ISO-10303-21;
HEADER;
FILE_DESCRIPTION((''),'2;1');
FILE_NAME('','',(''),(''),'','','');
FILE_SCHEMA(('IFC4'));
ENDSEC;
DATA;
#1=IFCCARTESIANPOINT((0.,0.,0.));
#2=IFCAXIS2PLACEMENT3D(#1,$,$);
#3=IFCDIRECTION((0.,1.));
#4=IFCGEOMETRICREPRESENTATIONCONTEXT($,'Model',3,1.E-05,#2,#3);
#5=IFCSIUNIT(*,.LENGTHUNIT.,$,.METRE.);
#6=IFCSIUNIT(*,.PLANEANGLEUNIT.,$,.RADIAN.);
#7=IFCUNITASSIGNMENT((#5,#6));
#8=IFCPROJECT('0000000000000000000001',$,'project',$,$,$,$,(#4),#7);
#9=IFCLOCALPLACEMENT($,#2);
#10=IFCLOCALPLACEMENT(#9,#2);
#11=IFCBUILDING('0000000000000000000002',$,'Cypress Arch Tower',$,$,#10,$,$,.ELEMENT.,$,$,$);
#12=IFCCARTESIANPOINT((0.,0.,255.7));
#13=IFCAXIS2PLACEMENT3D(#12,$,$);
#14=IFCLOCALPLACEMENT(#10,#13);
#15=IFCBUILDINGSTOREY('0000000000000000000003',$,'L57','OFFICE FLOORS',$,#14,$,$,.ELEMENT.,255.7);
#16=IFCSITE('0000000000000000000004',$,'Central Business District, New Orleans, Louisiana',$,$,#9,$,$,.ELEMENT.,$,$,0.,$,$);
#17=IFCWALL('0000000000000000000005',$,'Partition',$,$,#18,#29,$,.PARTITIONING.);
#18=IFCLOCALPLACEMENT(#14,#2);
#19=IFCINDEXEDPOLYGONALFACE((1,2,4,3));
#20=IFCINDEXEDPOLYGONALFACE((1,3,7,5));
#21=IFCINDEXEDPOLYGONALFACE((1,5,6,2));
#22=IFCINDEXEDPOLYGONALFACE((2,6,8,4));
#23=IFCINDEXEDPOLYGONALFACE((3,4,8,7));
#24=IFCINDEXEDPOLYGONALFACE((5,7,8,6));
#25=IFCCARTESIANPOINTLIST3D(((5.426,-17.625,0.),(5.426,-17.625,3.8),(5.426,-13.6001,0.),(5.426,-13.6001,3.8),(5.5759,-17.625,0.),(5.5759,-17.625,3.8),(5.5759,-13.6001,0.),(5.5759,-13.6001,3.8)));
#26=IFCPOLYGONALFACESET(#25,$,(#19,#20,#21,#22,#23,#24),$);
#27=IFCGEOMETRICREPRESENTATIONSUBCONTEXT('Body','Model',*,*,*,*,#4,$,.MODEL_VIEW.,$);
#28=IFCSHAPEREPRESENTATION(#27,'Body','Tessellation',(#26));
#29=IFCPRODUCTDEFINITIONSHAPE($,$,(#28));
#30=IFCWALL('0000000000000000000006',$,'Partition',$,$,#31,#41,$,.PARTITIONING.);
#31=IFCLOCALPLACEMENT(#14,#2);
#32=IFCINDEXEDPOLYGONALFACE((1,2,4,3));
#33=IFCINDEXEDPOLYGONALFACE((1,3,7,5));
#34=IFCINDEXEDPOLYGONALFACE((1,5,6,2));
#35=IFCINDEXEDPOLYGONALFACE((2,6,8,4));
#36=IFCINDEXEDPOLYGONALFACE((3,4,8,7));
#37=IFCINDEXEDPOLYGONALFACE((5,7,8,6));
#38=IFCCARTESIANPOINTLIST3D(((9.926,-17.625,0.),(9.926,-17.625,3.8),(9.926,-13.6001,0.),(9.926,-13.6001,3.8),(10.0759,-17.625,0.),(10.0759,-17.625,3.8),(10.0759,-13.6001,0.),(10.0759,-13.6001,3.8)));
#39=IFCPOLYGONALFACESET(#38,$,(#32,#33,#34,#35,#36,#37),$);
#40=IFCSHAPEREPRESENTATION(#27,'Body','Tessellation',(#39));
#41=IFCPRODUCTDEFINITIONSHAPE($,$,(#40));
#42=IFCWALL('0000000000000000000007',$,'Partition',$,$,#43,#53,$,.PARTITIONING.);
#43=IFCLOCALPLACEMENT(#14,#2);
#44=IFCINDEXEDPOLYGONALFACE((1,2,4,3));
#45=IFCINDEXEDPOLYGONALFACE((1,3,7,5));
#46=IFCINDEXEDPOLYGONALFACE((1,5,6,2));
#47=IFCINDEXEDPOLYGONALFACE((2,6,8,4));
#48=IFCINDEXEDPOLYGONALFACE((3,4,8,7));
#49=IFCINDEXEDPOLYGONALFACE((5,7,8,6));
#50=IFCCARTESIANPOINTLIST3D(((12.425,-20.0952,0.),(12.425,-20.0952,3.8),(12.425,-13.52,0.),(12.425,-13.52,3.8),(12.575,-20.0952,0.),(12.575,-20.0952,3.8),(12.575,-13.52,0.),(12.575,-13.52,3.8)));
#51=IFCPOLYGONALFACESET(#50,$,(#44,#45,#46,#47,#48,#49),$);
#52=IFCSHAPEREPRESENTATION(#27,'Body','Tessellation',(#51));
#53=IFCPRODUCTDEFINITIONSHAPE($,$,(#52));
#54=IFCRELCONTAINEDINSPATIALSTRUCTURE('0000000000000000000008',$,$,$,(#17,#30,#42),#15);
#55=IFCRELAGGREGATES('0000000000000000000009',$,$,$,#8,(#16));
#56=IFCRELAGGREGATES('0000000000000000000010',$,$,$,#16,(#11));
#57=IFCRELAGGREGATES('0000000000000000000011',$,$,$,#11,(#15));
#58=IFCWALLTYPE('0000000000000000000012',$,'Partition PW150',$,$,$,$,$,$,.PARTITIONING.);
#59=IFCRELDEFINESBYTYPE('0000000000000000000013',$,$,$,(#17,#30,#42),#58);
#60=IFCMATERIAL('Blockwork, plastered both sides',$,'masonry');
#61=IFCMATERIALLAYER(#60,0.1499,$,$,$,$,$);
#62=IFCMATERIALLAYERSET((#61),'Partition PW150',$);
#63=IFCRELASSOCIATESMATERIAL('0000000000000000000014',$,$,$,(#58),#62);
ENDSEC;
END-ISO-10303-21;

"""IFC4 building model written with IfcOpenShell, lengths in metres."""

from ifc_helpers import new_model, si_unit, direction, frame, frame_2d, origin, place, context, subcontext, project, spatial, rectangle, extrude, material, layer, layer_set, type_object, element, save


model = new_model("IFC4")

# Units and contexts
model_context = context("Model", 3, precision=1e-05, world=origin(), true_north=direction((0.0, 1.0)))
body_context = subcontext(model_context, "Body", "Model", "MODEL_VIEW")
ifc_project = project(units=[si_unit("LENGTHUNIT", "METRE"), si_unit("PLANEANGLEUNIT", "RADIAN")], contexts=[model_context])

# Site, building, storey
site_placement = place(None, origin())
site = spatial("IfcSite", under=ifc_project, at=site_placement, Name="Central Business District, New Orleans, Louisiana", CompositionType="ELEMENT", RefElevation=0.0)
building_placement = place(site_placement, origin())
building = spatial("IfcBuilding", under=site, at=building_placement, Name="Cypress Arch Tower", CompositionType="ELEMENT")
storey_placement = place(building_placement, frame((0.0, 0.0, 255.7)))
storey = spatial("IfcBuildingStorey", under=building, at=storey_placement, Name="L57", Description="OFFICE FLOORS", CompositionType="ELEMENT", Elevation=255.7)

# Shared definitions
ifc_material_1 = material(Name="Blockwork, plastered both sides", Category="masonry")
ifc_layer_1 = layer(ifc_material_1, 0.1499)
ifc_layer_set_1 = layer_set([ifc_layer_1], Name="Partition PW150")
wall_type_1 = type_object("IfcWallType", Name="Partition PW150", PredefinedType="PARTITIONING", material=ifc_layer_set_1)

# Walls
for number, where, z_axis, x_axis, name in (
    (1, (5.501, -17.625, 0.0), (0.0, 0.0, 1.0), (0.0, 1.0, 0.0), "Partition"),
    (2, (10.001, -17.625, 0.0), (0.0, 0.0, 1.0), (0.0, 1.0, 0.0), "Partition"),
):
    element("IfcWall", number, at=place(storey_placement, frame(where, z_axis=z_axis, x_axis=x_axis)), inside=storey, type_object=wall_type_1, Name=name, PredefinedType="PARTITIONING", context=body_context, shape_type="SweptSolid", body=[
        extrude(rectangle(XDim=4.0249, YDim=0.1499, at=frame_2d((2.0125, 0.0))), origin(), (0.0, 0.0, 1.0), 3.8),
    ])
wall_1_placement = place(storey_placement, frame((12.5, -20.0952, 0.0), z_axis=(0.0, 0.0, 1.0), x_axis=(0.0, 1.0, 0.0)))
element("IfcWall", 3, at=wall_1_placement, inside=storey, type_object=wall_type_1, Name="Partition", PredefinedType="PARTITIONING", context=body_context, shape_type="SweptSolid", body=[
    extrude(rectangle(XDim=6.5752, YDim=0.1499, at=frame_2d((3.2876, 0.0))), origin(), (0.0, 0.0, 1.0), 3.8),
])

save(model, "model.ifc")
